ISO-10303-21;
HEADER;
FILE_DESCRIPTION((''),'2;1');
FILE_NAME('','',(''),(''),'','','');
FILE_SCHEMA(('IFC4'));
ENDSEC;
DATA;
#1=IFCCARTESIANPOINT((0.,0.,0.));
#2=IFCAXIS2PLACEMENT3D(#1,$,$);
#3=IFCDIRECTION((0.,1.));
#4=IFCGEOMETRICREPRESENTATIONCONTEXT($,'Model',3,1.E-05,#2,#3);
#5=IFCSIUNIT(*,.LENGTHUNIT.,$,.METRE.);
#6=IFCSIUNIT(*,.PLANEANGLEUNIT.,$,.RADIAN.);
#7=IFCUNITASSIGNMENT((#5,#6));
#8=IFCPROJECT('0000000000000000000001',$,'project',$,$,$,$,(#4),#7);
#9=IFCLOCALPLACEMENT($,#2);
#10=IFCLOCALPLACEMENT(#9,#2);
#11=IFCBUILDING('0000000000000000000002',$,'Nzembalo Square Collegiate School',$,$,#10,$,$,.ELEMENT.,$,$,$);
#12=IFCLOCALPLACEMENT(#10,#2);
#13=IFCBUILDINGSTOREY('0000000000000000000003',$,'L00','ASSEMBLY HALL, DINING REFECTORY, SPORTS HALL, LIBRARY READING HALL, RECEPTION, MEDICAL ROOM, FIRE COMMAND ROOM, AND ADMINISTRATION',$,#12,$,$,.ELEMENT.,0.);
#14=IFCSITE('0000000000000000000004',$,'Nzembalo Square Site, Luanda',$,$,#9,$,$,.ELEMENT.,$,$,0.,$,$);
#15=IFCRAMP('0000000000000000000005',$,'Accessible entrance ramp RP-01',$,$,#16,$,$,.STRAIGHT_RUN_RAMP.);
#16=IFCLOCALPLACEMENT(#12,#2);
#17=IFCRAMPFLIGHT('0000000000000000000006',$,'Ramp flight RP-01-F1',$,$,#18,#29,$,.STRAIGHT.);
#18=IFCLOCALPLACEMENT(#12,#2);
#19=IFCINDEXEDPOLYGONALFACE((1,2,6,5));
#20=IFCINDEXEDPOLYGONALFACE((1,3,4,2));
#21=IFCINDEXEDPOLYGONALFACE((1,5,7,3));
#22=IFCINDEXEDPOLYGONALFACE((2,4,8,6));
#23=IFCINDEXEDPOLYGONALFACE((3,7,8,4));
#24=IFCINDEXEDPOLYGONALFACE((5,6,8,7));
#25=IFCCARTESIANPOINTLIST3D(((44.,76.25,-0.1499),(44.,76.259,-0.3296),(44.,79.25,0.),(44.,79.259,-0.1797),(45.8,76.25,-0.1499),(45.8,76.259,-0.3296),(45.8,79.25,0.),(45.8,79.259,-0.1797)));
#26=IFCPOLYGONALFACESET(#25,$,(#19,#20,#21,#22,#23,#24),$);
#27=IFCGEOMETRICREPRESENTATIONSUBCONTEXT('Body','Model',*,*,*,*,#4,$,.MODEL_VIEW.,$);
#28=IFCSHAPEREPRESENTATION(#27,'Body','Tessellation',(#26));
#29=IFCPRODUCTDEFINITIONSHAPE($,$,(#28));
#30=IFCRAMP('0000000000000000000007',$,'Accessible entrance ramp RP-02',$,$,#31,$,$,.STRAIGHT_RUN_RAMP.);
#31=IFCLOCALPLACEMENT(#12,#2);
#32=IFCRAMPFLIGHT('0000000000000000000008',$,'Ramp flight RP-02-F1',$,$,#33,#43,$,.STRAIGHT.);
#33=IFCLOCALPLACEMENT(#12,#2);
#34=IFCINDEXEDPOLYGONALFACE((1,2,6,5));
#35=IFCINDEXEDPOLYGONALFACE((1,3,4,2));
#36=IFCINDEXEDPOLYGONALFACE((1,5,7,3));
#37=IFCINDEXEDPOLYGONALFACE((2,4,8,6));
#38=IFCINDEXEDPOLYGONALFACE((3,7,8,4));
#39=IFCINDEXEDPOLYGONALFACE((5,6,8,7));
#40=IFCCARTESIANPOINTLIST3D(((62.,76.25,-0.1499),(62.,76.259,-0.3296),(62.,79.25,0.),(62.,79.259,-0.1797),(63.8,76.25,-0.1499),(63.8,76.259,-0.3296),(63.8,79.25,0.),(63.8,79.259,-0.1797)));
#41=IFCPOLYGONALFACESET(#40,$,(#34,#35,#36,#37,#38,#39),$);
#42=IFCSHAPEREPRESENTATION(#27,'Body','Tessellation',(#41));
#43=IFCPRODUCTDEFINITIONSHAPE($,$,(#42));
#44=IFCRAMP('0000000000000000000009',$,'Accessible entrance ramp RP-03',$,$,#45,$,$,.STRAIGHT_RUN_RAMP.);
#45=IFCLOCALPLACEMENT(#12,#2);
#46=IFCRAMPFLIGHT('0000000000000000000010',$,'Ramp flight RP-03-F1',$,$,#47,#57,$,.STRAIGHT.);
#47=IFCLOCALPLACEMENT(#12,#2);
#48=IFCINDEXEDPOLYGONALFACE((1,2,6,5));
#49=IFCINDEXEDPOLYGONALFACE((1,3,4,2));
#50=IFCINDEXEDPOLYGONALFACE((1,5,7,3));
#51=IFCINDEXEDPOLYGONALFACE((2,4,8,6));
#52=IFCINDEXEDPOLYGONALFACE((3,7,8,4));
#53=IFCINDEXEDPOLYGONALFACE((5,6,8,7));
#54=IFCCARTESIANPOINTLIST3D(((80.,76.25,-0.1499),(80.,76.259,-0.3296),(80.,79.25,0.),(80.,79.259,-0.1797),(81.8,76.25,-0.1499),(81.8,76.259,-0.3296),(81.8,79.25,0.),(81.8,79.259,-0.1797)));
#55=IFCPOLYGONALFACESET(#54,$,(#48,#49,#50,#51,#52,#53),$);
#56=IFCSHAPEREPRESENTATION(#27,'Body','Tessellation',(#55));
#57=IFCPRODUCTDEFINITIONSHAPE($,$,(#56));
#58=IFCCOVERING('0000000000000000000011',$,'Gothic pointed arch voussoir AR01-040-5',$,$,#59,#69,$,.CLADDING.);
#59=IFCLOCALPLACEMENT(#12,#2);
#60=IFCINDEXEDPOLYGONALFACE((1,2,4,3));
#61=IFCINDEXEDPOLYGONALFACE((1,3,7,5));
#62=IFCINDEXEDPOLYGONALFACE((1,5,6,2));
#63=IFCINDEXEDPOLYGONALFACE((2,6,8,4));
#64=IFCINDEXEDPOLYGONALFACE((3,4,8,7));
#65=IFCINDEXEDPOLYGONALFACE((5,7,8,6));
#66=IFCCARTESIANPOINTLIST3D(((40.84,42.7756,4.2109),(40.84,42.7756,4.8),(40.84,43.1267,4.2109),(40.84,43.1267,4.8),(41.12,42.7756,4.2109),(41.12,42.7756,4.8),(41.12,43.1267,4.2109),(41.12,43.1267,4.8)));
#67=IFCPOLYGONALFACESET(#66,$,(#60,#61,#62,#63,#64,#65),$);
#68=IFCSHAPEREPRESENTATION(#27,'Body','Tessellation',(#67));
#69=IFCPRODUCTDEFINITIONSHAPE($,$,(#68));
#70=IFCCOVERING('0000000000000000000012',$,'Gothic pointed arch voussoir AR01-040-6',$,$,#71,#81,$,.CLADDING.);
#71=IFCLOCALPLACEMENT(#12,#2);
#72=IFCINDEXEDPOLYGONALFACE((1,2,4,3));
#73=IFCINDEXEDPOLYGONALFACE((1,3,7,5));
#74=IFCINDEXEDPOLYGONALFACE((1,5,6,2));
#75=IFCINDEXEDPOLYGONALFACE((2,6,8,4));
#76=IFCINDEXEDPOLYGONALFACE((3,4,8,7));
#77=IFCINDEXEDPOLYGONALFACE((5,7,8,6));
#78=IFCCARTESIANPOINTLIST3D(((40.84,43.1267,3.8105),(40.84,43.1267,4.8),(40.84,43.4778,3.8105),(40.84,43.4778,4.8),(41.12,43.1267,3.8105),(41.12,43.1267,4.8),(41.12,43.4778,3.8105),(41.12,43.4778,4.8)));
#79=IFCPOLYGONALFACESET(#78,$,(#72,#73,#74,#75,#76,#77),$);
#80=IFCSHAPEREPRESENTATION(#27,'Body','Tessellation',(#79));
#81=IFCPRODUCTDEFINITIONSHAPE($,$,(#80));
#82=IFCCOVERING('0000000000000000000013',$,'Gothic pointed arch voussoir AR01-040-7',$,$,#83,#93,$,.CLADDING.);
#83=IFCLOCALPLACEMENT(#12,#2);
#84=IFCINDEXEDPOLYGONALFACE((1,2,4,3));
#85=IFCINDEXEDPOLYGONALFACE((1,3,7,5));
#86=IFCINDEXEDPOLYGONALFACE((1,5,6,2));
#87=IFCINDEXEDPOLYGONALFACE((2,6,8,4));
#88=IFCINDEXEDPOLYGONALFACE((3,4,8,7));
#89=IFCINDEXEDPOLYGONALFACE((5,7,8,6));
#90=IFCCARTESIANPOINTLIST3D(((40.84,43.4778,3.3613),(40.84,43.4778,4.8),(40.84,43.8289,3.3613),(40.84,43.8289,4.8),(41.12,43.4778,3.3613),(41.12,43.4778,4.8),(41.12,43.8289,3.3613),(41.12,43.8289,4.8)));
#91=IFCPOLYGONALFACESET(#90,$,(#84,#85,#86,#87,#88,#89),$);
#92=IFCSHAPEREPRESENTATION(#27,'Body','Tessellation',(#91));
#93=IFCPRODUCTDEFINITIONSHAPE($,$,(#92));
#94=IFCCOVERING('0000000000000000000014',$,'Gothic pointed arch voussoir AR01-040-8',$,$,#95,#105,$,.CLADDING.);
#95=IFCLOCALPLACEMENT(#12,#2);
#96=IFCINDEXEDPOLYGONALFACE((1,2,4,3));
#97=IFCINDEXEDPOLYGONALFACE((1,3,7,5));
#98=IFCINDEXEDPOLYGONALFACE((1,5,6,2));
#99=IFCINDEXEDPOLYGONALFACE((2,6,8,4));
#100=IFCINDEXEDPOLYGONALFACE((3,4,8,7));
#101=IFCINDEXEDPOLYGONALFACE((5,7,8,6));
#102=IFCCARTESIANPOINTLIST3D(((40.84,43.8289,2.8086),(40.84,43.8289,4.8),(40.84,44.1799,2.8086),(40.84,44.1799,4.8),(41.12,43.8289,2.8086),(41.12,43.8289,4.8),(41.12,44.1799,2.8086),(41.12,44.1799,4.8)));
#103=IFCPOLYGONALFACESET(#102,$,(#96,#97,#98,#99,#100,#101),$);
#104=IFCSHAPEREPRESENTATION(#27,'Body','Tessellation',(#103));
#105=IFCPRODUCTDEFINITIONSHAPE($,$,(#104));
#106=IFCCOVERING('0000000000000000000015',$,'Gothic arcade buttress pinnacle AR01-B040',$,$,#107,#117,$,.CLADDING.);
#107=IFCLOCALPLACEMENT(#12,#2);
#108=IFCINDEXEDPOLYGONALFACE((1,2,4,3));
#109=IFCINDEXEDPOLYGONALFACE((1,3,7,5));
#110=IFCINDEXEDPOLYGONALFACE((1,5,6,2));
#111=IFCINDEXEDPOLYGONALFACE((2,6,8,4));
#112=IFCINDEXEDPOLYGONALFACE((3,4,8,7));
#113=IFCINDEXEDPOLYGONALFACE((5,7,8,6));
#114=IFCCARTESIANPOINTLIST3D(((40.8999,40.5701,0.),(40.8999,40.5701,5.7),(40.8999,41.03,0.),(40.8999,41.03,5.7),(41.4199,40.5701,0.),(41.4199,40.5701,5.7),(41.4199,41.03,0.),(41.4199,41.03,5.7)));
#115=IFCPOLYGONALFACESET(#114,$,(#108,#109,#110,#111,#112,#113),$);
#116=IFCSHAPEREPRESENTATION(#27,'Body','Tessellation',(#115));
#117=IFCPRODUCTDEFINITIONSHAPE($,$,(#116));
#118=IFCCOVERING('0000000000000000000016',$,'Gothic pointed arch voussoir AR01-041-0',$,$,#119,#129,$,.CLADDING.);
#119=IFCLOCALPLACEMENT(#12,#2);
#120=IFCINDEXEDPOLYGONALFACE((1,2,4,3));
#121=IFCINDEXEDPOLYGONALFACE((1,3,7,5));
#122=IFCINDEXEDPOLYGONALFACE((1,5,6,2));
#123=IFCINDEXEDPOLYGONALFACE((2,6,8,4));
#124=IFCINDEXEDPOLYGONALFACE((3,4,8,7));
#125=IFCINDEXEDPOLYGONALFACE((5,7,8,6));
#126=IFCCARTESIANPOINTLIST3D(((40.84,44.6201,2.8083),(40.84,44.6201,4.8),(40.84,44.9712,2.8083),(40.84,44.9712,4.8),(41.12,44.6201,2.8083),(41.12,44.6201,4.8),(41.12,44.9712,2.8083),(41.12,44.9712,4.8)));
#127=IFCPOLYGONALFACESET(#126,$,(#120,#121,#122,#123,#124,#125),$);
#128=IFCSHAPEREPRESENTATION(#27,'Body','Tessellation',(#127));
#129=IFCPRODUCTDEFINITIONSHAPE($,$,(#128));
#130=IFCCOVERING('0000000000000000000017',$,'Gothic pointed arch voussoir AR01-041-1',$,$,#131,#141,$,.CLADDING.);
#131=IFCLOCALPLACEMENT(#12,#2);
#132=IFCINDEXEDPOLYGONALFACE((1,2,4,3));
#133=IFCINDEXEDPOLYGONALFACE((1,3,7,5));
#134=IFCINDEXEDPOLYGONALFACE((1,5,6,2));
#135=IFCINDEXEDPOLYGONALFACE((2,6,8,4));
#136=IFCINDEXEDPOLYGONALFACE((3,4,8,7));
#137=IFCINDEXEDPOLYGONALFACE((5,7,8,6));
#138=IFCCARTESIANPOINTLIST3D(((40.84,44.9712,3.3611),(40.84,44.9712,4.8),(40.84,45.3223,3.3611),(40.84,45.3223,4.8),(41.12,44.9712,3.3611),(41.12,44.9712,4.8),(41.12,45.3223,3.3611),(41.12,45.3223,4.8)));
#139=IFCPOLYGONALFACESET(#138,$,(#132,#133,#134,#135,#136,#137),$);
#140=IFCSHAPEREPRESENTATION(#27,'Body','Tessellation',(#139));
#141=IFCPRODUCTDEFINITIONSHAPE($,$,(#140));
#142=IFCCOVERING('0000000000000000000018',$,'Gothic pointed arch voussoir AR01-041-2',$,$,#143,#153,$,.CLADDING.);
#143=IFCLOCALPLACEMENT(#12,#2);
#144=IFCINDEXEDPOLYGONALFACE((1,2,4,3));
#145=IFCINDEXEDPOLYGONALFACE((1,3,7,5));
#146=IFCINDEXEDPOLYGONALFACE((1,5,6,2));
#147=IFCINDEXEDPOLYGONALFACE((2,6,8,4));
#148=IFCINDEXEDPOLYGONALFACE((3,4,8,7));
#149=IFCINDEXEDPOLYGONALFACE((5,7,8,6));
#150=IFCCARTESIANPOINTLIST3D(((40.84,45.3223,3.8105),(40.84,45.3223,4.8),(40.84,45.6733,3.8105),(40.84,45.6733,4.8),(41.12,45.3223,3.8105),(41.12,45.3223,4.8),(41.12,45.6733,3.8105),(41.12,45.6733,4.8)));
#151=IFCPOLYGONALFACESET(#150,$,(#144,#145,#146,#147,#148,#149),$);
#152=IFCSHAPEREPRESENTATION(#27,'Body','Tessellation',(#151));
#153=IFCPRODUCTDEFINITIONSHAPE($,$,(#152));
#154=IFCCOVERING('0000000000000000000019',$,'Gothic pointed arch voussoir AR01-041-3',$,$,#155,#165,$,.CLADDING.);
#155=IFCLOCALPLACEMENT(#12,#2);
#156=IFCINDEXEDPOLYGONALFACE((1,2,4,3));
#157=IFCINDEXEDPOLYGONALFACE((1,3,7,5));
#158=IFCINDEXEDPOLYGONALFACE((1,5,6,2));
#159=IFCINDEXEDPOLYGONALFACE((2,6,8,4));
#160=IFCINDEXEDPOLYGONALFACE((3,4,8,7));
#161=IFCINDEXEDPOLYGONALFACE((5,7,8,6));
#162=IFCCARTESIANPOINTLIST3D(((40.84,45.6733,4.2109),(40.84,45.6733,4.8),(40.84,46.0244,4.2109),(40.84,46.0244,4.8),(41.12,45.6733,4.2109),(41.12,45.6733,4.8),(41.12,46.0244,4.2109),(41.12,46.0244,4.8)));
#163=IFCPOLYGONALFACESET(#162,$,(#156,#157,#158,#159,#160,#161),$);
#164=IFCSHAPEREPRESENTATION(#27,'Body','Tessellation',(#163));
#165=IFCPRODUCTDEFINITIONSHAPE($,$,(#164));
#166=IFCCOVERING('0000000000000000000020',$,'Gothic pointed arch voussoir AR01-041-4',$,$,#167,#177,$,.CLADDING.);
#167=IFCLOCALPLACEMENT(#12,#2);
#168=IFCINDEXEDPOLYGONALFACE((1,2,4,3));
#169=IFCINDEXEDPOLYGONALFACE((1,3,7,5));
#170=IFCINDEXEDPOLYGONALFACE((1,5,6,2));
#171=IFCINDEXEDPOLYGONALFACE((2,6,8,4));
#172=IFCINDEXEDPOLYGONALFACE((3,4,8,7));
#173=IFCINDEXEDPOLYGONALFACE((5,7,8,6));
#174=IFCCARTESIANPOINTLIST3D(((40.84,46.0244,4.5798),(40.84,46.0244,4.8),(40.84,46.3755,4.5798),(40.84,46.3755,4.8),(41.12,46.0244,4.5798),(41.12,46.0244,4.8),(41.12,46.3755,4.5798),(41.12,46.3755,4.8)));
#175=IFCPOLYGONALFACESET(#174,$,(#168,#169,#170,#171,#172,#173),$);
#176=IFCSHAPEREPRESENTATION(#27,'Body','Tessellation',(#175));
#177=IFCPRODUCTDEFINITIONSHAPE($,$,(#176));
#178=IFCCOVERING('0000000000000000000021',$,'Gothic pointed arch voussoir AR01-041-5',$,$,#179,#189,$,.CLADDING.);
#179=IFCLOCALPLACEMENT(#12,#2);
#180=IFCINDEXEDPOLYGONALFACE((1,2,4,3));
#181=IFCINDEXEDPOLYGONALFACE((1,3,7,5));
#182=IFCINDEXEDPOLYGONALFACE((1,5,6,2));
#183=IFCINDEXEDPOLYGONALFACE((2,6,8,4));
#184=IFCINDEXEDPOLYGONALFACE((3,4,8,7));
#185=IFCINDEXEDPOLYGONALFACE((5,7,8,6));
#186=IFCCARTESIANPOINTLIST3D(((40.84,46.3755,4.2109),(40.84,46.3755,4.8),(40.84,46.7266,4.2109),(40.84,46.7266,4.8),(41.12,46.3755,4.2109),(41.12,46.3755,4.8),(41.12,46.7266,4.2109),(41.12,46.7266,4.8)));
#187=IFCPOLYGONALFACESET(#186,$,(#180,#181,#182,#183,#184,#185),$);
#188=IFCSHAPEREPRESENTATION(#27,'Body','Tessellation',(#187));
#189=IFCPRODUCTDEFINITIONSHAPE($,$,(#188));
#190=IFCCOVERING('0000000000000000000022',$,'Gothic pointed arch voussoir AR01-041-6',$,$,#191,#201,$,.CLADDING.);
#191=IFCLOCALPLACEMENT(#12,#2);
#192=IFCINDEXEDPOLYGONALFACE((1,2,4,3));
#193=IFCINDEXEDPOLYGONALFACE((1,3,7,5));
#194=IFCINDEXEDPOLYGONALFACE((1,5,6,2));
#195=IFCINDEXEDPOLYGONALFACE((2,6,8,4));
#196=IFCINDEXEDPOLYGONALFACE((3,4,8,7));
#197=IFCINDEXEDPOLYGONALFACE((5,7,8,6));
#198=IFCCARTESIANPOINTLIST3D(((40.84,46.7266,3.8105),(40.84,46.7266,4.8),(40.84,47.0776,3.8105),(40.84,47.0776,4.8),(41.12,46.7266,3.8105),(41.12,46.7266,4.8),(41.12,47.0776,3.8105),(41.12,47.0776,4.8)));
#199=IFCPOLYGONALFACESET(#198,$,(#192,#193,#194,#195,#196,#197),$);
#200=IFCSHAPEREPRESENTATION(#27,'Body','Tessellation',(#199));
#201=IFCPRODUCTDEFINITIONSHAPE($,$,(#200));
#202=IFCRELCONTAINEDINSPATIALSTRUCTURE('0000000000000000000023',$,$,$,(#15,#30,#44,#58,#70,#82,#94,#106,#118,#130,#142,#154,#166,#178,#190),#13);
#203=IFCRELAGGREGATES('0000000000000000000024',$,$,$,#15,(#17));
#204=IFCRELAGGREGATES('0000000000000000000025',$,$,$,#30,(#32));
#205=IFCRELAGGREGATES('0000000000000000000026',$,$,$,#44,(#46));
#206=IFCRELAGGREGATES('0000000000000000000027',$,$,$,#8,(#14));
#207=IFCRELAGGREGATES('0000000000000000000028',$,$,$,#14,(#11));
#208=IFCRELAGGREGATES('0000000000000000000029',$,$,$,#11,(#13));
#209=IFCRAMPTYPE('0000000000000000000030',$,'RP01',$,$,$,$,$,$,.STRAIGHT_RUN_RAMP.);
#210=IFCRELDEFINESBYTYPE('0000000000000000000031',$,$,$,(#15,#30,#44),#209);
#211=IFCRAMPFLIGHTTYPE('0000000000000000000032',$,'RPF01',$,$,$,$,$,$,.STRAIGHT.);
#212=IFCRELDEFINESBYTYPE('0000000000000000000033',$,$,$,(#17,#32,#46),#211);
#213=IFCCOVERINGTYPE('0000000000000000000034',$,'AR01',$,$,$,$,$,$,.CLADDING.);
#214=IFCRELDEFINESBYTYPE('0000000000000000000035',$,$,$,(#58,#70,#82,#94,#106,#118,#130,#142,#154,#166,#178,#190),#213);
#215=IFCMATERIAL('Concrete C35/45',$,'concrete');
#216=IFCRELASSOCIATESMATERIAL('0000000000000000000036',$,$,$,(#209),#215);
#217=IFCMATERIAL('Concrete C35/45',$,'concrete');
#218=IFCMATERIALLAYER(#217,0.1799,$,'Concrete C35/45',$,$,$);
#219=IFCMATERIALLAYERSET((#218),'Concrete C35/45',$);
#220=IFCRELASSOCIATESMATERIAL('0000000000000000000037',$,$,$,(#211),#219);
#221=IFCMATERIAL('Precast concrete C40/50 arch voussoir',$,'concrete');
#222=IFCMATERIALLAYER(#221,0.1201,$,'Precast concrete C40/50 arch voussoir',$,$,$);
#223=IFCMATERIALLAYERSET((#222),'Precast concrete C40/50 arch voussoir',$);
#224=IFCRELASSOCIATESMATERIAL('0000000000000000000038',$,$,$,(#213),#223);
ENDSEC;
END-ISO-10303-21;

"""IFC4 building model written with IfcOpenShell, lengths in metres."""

from ifc_helpers import new_model, si_unit, direction, frame, origin, origin_2d, place, context, subcontext, project, spatial, polyline, rectangle, outline, extrude, material, layer, layer_set, type_object, element, aggregate, save


model = new_model("IFC4")

# Units and contexts
model_context = context("Model", 3, precision=1e-05, world=origin(), true_north=direction((0.0, 1.0)))
body_context = subcontext(model_context, "Body", "Model", "MODEL_VIEW")
ifc_project = project(units=[si_unit("LENGTHUNIT", "METRE"), si_unit("PLANEANGLEUNIT", "RADIAN")], contexts=[model_context])

# Site, building, storey
site_placement = place(None, origin())
site = spatial("IfcSite", under=ifc_project, at=site_placement, Name="Nzembalo Square Site, Luanda", CompositionType="ELEMENT", RefElevation=0.0)
building_placement = place(site_placement, origin())
building = spatial("IfcBuilding", under=site, at=building_placement, Name="Nzembalo Square Collegiate School", CompositionType="ELEMENT")
storey_placement = place(building_placement, origin())
storey = spatial("IfcBuildingStorey", under=building, at=storey_placement, Name="L00", Description="ASSEMBLY HALL, DINING REFECTORY, SPORTS HALL, LIBRARY READING HALL, RECEPTION, MEDICAL ROOM, FIRE COMMAND ROOM, AND ADMINISTRATION", CompositionType="ELEMENT", Elevation=0.0)

# Ramps, ramp flights
ifc_material_1 = material(Name="Concrete C35/45", Category="concrete")
ramp_type = type_object("IfcRampType", Name="RP01", PredefinedType="STRAIGHT_RUN_RAMP", material=ifc_material_1)
ramp_1_placement = place(storey_placement, origin())
ramp_1 = element("IfcRamp", 1, at=ramp_1_placement, inside=storey, type_object=ramp_type, Name="Accessible entrance ramp RP-01", PredefinedType="STRAIGHT_RUN_RAMP")
ifc_material_2 = material(Name="Concrete C35/45", Category="concrete")
ifc_layer_1 = layer(ifc_material_2, 0.1799, Name="Concrete C35/45")
ifc_layer_set_1 = layer_set([ifc_layer_1], Name="Concrete C35/45")
ramp_flight_type = type_object("IfcRampFlightType", Name="RPF01", PredefinedType="STRAIGHT", material=ifc_layer_set_1)
ramp_flight_1_placement = place(storey_placement, frame((44.0, 76.25, -0.1499), z_axis=(0.0, -0.049905, 0.998754), x_axis=(1.0, 0.0, 0.0)))
ramp_flight_1 = element("IfcRampFlight", 2, at=ramp_flight_1_placement, type_object=ramp_flight_type, Name="Ramp flight RP-01-F1", PredefinedType="STRAIGHT", context=body_context, shape_type="SweptSolid", body=[
    extrude(outline(polyline([(0.0, 0.0), (1.8, 0.0), (1.8, 3.0037), (0.0, 3.0037), (0.0, 0.0)])), origin(), (0.0, 0.0, -1.0), 0.1799),
])
aggregate(ramp_1, [ramp_flight_1])
ramp_2_placement = place(storey_placement, origin())
ramp_2 = element("IfcRamp", 3, at=ramp_2_placement, inside=storey, type_object=ramp_type, Name="Accessible entrance ramp RP-02", PredefinedType="STRAIGHT_RUN_RAMP")
ramp_flight_2_placement = place(storey_placement, frame((62.0, 76.25, -0.1499), z_axis=(0.0, -0.049905, 0.998754), x_axis=(1.0, 0.0, 0.0)))
ramp_flight_2 = element("IfcRampFlight", 4, at=ramp_flight_2_placement, type_object=ramp_flight_type, Name="Ramp flight RP-02-F1", PredefinedType="STRAIGHT", context=body_context, shape_type="SweptSolid", body=[
    extrude(outline(polyline([(0.0, 0.0), (1.8, 0.0), (1.8, 3.0037), (0.0, 3.0037), (0.0, 0.0)])), origin(), (0.0, 0.0, -1.0), 0.1799),
])
aggregate(ramp_2, [ramp_flight_2])
ramp_3_placement = place(storey_placement, origin())
ramp_3 = element("IfcRamp", 5, at=ramp_3_placement, inside=storey, type_object=ramp_type, Name="Accessible entrance ramp RP-03", PredefinedType="STRAIGHT_RUN_RAMP")
ramp_flight_3_placement = place(storey_placement, frame((80.0, 76.25, -0.1499), z_axis=(0.0, -0.049905, 0.998754), x_axis=(1.0, 0.0, 0.0)))
ramp_flight_3 = element("IfcRampFlight", 6, at=ramp_flight_3_placement, type_object=ramp_flight_type, Name="Ramp flight RP-03-F1", PredefinedType="STRAIGHT", context=body_context, shape_type="SweptSolid", body=[
    extrude(outline(polyline([(0.0, 0.0), (1.8, 0.0), (1.8, 3.0037), (0.0, 3.0037), (0.0, 0.0)])), origin(), (0.0, 0.0, -1.0), 0.1799),
])
aggregate(ramp_3, [ramp_flight_3])

# Coverings
ifc_material_3 = material(Name="Precast concrete C40/50 arch voussoir", Category="concrete")
ifc_layer_2 = layer(ifc_material_3, 0.1201, Name="Precast concrete C40/50 arch voussoir")
ifc_layer_set_2 = layer_set([ifc_layer_2], Name="Precast concrete C40/50 arch voussoir")
covering_type = type_object("IfcCoveringType", Name="AR01", PredefinedType="CLADDING", material=ifc_layer_set_2)
covering_1_placement = place(storey_placement, frame((40.98, 42.9512, 4.2109), z_axis=(0.0, 0.0, 1.0), x_axis=(1.0, 0.0, 0.0)))
element("IfcCovering", 7, at=covering_1_placement, inside=storey, type_object=covering_type, Name="Gothic pointed arch voussoir AR01-040-5", PredefinedType="CLADDING", context=body_context, shape_type="SweptSolid", body=[
    extrude(rectangle(XDim=0.28, YDim=0.3511, at=origin_2d()), origin(), (0.0, 0.0, 1.0), 0.5891),
])
covering_2_placement = place(storey_placement, frame((40.98, 43.3022, 3.8105), z_axis=(0.0, 0.0, 1.0), x_axis=(1.0, 0.0, 0.0)))
element("IfcCovering", 8, at=covering_2_placement, inside=storey, type_object=covering_type, Name="Gothic pointed arch voussoir AR01-040-6", PredefinedType="CLADDING", context=body_context, shape_type="SweptSolid", body=[
    extrude(rectangle(XDim=0.28, YDim=0.3511, at=origin_2d()), origin(), (0.0, 0.0, 1.0), 0.9895),
])
covering_3_placement = place(storey_placement, frame((40.98, 43.6533, 3.3613), z_axis=(0.0, 0.0, 1.0), x_axis=(1.0, 0.0, 0.0)))
element("IfcCovering", 9, at=covering_3_placement, inside=storey, type_object=covering_type, Name="Gothic pointed arch voussoir AR01-040-7", PredefinedType="CLADDING", context=body_context, shape_type="SweptSolid", body=[
    extrude(rectangle(XDim=0.28, YDim=0.3511, at=origin_2d()), origin(), (0.0, 0.0, 1.0), 1.4387),
])
covering_4_placement = place(storey_placement, frame((40.98, 44.0044, 2.8086), z_axis=(0.0, 0.0, 1.0), x_axis=(1.0, 0.0, 0.0)))
element("IfcCovering", 10, at=covering_4_placement, inside=storey, type_object=covering_type, Name="Gothic pointed arch voussoir AR01-040-8", PredefinedType="CLADDING", context=body_context, shape_type="SweptSolid", body=[
    extrude(rectangle(XDim=0.28, YDim=0.3511, at=origin_2d()), origin(), (0.0, 0.0, 1.0), 1.9915),
])
covering_5_placement = place(storey_placement, frame((41.1599, 40.8, 0.0), z_axis=(0.0, 0.0, 1.0), x_axis=(1.0, 0.0, 0.0)))
element("IfcCovering", 11, at=covering_5_placement, inside=storey, type_object=covering_type, Name="Gothic arcade buttress pinnacle AR01-B040", PredefinedType="CLADDING", context=body_context, shape_type="SweptSolid", body=[
    extrude(rectangle(XDim=0.52, YDim=0.46, at=origin_2d()), origin(), (0.0, 0.0, 1.0), 5.7),
])
covering_6_placement = place(storey_placement, frame((40.98, 44.7957, 2.8083), z_axis=(0.0, 0.0, 1.0), x_axis=(1.0, 0.0, 0.0)))
element("IfcCovering", 12, at=covering_6_placement, inside=storey, type_object=covering_type, Name="Gothic pointed arch voussoir AR01-041-0", PredefinedType="CLADDING", context=body_context, shape_type="SweptSolid", body=[
    extrude(rectangle(XDim=0.28, YDim=0.3511, at=origin_2d()), origin(), (0.0, 0.0, 1.0), 1.9917),
])
covering_7_placement = place(storey_placement, frame((40.98, 45.1467, 3.3611), z_axis=(0.0, 0.0, 1.0), x_axis=(1.0, 0.0, 0.0)))
element("IfcCovering", 13, at=covering_7_placement, inside=storey, type_object=covering_type, Name="Gothic pointed arch voussoir AR01-041-1", PredefinedType="CLADDING", context=body_context, shape_type="SweptSolid", body=[
    extrude(rectangle(XDim=0.28, YDim=0.3511, at=origin_2d()), origin(), (0.0, 0.0, 1.0), 1.439),
])
covering_8_placement = place(storey_placement, frame((40.98, 45.4978, 3.8105), z_axis=(0.0, 0.0, 1.0), x_axis=(1.0, 0.0, 0.0)))
element("IfcCovering", 14, at=covering_8_placement, inside=storey, type_object=covering_type, Name="Gothic pointed arch voussoir AR01-041-2", PredefinedType="CLADDING", context=body_context, shape_type="SweptSolid", body=[
    extrude(rectangle(XDim=0.28, YDim=0.3511, at=origin_2d()), origin(), (0.0, 0.0, 1.0), 0.9895),
])
covering_9_placement = place(storey_placement, frame((40.98, 45.8489, 4.2109), z_axis=(0.0, 0.0, 1.0), x_axis=(1.0, 0.0, 0.0)))
element("IfcCovering", 15, at=covering_9_placement, inside=storey, type_object=covering_type, Name="Gothic pointed arch voussoir AR01-041-3", PredefinedType="CLADDING", context=body_context, shape_type="SweptSolid", body=[
    extrude(rectangle(XDim=0.28, YDim=0.3511, at=origin_2d()), origin(), (0.0, 0.0, 1.0), 0.5891),
])
covering_10_placement = place(storey_placement, frame((40.98, 46.2, 4.5798), z_axis=(0.0, 0.0, 1.0), x_axis=(1.0, 0.0, 0.0)))
element("IfcCovering", 16, at=covering_10_placement, inside=storey, type_object=covering_type, Name="Gothic pointed arch voussoir AR01-041-4", PredefinedType="CLADDING", context=body_context, shape_type="SweptSolid", body=[
    extrude(rectangle(XDim=0.28, YDim=0.3511, at=origin_2d()), origin(), (0.0, 0.0, 1.0), 0.2202),
])
covering_11_placement = place(storey_placement, frame((40.98, 46.551, 4.2109), z_axis=(0.0, 0.0, 1.0), x_axis=(1.0, 0.0, 0.0)))
element("IfcCovering", 17, at=covering_11_placement, inside=storey, type_object=covering_type, Name="Gothic pointed arch voussoir AR01-041-5", PredefinedType="CLADDING", context=body_context, shape_type="SweptSolid", body=[
    extrude(rectangle(XDim=0.28, YDim=0.3511, at=origin_2d()), origin(), (0.0, 0.0, 1.0), 0.5891),
])
covering_12_placement = place(storey_placement, frame((40.98, 46.9021, 3.8105), z_axis=(0.0, 0.0, 1.0), x_axis=(1.0, 0.0, 0.0)))
element("IfcCovering", 18, at=covering_12_placement, inside=storey, type_object=covering_type, Name="Gothic pointed arch voussoir AR01-041-6", PredefinedType="CLADDING", context=body_context, shape_type="SweptSolid", body=[
    extrude(rectangle(XDim=0.28, YDim=0.3511, at=origin_2d()), origin(), (0.0, 0.0, 1.0), 0.9895),
])

save(model, "model.ifc")
